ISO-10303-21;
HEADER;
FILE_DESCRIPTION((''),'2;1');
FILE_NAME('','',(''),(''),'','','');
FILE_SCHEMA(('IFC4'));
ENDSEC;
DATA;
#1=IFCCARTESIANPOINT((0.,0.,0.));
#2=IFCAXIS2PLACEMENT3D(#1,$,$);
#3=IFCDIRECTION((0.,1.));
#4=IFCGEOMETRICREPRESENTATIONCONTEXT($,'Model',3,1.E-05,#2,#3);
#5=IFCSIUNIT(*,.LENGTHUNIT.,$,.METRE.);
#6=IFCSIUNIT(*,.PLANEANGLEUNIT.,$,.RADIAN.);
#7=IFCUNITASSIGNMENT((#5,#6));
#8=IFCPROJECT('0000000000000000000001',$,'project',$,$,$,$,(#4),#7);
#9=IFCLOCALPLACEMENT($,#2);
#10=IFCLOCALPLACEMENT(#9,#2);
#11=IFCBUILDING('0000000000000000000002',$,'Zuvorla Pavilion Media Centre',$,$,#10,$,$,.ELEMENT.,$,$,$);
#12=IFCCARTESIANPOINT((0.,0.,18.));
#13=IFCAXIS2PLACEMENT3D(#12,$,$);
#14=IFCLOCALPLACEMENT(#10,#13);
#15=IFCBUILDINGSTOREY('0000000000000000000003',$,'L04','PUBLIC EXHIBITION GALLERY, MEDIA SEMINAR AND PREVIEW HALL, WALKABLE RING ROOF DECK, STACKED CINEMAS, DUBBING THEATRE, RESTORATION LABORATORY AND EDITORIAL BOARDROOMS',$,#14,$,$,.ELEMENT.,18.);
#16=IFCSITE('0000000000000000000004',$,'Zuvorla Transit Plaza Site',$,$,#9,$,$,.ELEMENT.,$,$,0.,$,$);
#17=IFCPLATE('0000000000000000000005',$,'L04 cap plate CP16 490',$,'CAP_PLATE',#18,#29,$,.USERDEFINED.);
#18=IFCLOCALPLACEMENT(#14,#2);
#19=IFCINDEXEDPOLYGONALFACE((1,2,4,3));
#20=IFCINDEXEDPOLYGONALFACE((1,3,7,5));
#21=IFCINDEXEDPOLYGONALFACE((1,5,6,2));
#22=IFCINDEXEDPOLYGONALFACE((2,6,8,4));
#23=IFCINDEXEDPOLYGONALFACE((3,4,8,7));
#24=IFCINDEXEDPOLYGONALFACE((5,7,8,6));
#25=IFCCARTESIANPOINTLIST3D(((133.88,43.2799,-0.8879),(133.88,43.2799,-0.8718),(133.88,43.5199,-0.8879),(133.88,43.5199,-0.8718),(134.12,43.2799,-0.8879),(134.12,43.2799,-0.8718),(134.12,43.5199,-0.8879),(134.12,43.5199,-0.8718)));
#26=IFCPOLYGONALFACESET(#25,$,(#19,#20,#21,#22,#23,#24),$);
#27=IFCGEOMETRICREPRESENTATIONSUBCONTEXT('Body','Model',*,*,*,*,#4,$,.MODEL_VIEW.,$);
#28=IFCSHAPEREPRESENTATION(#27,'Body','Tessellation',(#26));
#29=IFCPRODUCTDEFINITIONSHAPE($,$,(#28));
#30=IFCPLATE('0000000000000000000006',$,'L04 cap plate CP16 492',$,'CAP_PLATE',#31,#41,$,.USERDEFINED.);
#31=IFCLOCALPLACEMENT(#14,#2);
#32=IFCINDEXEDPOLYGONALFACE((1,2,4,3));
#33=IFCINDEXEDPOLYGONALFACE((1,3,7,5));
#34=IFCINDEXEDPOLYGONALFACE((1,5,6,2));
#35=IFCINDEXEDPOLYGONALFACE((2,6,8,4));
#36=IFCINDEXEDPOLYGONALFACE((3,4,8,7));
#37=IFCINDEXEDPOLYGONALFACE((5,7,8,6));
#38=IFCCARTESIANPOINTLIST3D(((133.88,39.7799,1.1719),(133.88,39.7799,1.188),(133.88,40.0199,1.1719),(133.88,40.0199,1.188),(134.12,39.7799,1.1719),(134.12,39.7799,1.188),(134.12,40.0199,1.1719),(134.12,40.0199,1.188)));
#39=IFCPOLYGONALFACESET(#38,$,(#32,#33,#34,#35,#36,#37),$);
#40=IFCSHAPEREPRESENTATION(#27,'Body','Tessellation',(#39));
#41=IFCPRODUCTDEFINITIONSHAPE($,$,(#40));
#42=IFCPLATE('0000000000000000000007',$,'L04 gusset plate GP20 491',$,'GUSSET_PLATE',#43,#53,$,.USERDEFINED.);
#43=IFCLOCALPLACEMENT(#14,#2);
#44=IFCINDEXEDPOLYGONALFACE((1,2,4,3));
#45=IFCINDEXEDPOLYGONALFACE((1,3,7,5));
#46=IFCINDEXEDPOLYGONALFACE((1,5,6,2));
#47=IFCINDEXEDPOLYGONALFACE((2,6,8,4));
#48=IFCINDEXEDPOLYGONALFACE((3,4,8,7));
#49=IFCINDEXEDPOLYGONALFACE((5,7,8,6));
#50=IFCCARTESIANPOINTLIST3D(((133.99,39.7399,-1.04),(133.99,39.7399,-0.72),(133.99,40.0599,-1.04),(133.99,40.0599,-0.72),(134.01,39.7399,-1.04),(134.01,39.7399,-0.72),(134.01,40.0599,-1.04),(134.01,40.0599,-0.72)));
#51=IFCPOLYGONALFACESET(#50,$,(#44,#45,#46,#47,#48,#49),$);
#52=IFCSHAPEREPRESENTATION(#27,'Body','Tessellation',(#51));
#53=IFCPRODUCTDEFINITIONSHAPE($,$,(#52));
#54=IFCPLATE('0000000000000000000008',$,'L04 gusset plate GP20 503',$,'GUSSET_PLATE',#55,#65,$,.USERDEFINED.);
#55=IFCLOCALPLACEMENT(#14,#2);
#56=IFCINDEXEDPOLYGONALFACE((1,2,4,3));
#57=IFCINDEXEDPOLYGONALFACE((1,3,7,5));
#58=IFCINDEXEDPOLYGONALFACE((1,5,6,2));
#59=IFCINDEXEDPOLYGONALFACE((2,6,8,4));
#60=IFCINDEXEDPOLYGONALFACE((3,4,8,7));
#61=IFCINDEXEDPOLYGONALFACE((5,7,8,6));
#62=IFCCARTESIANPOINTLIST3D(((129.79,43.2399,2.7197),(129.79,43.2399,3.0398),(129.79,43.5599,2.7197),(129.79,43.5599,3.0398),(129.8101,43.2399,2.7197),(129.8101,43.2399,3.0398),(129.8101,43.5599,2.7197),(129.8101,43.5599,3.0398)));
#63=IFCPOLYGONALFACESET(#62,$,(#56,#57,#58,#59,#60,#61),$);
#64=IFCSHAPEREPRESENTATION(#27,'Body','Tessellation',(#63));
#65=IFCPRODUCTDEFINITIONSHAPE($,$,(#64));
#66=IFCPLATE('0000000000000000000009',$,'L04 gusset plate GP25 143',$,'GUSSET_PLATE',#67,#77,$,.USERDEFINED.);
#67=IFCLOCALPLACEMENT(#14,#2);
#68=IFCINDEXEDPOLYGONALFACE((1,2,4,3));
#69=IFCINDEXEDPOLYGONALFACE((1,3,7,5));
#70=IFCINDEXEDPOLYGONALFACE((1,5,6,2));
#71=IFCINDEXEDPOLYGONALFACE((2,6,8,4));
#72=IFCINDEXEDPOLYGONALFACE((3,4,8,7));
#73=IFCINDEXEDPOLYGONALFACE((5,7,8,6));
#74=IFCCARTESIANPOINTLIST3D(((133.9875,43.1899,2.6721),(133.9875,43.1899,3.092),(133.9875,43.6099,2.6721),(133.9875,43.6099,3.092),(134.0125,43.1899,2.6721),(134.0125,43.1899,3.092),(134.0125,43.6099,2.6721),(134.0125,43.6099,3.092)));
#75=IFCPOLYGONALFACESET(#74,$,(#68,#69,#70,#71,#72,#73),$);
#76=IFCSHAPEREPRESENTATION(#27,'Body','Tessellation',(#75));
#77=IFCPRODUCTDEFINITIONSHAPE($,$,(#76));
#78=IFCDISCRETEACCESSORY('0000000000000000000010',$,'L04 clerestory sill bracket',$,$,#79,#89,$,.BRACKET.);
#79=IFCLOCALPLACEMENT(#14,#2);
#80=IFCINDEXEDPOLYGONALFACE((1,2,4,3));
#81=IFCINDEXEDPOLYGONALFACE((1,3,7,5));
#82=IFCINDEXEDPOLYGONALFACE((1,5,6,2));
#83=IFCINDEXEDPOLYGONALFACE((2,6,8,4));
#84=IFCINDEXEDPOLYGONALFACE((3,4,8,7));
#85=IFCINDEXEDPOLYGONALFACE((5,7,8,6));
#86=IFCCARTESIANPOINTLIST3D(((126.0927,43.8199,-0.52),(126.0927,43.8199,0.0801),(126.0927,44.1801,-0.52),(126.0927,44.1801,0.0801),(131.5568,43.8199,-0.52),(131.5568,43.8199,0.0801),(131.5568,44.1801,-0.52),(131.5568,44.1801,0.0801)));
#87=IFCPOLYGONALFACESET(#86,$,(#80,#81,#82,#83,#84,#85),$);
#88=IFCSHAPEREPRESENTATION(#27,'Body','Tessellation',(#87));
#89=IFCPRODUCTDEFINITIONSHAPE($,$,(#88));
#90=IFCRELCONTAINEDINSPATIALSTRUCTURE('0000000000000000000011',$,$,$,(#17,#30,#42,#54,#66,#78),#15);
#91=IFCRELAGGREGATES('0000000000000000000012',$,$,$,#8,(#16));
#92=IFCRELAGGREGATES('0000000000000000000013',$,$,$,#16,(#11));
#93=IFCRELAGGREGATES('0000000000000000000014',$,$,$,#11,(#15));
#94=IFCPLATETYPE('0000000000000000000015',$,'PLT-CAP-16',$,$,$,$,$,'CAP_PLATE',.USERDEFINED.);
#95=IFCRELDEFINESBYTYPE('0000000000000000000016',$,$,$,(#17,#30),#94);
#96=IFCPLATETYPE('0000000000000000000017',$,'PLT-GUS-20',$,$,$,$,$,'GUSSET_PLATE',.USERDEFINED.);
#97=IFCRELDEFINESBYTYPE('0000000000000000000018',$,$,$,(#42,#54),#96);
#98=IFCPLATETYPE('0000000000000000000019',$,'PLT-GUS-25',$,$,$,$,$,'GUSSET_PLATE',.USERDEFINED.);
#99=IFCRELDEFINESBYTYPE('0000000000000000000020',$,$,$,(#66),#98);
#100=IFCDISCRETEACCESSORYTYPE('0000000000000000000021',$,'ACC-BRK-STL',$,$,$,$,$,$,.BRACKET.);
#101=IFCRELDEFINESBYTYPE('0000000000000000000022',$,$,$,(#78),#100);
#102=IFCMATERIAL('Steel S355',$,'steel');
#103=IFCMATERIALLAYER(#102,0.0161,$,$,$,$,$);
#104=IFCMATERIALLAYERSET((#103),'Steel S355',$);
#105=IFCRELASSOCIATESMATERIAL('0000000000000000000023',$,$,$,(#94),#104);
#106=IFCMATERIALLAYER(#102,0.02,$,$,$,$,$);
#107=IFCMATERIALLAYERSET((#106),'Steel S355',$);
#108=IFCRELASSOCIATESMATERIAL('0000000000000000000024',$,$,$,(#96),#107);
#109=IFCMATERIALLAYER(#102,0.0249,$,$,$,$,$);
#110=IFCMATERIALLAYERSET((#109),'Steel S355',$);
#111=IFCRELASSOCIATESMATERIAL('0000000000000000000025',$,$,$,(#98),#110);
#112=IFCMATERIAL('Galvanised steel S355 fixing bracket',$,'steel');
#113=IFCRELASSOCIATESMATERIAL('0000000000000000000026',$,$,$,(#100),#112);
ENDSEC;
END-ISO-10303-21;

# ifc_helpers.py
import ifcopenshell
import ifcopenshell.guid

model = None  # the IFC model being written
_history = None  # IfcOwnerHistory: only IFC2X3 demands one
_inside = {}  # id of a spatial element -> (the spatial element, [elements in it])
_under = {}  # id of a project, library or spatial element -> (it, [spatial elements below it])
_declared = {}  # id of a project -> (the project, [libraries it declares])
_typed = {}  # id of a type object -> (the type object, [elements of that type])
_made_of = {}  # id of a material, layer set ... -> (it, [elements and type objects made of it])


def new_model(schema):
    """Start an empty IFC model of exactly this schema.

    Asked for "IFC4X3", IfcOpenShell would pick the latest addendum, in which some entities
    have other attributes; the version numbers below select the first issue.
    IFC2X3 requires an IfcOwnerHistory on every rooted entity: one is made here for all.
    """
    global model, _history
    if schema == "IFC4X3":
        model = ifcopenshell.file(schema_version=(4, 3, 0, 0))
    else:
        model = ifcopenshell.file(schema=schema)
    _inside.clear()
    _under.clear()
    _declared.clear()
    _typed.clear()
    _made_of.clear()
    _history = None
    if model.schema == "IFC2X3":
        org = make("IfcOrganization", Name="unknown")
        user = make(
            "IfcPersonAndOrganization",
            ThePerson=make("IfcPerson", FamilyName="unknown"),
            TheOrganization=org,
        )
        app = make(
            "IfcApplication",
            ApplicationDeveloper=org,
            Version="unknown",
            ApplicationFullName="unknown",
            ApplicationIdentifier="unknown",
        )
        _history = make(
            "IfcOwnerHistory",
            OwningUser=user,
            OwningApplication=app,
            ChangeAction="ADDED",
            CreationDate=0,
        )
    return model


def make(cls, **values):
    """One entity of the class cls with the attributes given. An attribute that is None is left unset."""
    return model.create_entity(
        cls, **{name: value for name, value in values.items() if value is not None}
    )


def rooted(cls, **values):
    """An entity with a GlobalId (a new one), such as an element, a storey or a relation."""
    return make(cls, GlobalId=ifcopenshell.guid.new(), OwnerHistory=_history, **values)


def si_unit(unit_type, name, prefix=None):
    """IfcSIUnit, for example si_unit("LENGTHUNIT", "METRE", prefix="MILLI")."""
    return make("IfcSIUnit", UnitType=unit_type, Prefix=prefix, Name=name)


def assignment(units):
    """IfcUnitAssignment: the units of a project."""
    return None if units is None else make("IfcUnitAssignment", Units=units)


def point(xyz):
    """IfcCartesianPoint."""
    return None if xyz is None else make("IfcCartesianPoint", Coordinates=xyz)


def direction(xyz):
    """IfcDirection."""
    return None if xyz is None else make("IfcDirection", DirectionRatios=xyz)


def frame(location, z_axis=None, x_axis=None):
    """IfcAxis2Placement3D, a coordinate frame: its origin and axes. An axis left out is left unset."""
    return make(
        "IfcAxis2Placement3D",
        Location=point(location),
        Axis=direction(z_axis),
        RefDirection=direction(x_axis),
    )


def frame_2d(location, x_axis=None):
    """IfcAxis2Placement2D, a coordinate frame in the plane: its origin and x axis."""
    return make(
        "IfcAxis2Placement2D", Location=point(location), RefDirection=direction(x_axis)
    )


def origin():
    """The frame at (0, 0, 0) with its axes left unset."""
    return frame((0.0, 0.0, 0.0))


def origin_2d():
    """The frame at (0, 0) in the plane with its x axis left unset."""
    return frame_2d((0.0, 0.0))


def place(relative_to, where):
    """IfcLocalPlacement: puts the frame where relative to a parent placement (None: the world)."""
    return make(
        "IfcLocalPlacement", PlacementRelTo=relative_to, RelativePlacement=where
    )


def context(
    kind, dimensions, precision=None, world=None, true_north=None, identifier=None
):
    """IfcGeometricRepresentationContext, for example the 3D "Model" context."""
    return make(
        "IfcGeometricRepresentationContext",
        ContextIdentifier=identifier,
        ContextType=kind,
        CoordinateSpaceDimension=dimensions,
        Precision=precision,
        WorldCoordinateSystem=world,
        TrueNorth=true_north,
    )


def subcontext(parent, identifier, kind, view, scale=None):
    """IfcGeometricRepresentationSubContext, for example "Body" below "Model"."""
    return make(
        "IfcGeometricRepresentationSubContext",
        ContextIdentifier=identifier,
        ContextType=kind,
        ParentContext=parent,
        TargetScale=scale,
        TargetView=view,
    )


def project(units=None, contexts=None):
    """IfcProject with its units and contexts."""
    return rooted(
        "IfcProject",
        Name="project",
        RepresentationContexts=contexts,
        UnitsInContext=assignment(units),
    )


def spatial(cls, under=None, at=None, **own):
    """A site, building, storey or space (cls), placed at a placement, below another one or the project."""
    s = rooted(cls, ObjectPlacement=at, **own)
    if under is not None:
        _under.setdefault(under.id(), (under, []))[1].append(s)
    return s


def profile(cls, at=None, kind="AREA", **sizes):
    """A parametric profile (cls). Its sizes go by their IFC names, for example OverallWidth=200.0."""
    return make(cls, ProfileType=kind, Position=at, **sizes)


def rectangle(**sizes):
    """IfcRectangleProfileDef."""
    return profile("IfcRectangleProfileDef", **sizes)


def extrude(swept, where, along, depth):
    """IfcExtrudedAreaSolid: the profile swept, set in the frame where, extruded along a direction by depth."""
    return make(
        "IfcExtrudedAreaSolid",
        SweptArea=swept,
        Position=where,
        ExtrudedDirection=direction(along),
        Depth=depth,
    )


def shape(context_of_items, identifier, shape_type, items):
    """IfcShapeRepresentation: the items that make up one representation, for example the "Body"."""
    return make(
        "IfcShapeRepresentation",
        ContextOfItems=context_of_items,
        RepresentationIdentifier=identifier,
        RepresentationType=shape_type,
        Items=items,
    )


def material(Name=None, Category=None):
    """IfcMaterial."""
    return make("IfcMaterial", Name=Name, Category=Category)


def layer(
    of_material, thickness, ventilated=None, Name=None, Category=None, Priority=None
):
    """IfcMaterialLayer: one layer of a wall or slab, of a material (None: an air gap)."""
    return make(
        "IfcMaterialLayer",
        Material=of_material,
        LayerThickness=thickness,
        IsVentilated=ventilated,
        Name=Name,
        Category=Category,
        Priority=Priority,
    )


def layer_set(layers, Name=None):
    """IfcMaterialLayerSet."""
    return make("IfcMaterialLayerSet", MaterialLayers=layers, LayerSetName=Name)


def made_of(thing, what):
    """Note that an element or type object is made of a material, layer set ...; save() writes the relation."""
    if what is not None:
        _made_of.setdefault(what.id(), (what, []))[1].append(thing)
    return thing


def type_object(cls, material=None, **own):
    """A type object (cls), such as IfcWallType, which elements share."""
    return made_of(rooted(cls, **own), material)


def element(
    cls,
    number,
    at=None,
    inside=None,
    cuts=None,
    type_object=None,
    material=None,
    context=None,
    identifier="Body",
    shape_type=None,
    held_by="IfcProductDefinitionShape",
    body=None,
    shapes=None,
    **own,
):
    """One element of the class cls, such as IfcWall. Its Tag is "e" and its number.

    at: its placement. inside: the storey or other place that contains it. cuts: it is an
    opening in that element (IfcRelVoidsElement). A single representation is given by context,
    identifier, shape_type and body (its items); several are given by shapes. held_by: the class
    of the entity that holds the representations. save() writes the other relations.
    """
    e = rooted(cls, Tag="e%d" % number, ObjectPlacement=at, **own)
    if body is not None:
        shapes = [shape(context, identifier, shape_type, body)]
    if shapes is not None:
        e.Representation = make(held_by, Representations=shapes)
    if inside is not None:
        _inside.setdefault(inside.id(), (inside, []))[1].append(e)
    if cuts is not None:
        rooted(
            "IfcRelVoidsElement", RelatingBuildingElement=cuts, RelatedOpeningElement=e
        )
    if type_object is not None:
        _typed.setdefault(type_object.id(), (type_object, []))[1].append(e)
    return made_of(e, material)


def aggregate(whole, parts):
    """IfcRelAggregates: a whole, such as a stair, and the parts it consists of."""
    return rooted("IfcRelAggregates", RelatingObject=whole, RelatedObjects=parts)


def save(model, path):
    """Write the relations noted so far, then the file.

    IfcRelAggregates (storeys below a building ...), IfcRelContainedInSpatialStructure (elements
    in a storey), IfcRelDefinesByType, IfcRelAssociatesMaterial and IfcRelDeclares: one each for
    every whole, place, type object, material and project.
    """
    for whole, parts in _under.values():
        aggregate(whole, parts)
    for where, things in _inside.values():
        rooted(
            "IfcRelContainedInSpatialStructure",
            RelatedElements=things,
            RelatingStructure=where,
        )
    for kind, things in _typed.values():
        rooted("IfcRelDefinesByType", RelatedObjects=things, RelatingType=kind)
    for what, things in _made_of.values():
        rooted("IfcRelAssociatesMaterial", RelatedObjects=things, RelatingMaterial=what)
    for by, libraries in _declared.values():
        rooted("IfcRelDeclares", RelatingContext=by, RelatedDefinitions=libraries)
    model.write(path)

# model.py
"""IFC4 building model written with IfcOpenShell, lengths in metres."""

from ifc_helpers import new_model, si_unit, direction, frame, origin, origin_2d, place, context, subcontext, project, spatial, rectangle, extrude, material, layer, layer_set, type_object, element, save


model = new_model("IFC4")

# Units and contexts
model_context = context("Model", 3, precision=1e-05, world=origin(), true_north=direction((0.0, 1.0)))
body_context = subcontext(model_context, "Body", "Model", "MODEL_VIEW")
ifc_project = project(units=[si_unit("LENGTHUNIT", "METRE"), si_unit("PLANEANGLEUNIT", "RADIAN")], contexts=[model_context])

# Site, building, storey
site_placement = place(None, origin())
site = spatial("IfcSite", under=ifc_project, at=site_placement, Name="Zuvorla Transit Plaza Site", CompositionType="ELEMENT", RefElevation=0.0)
building_placement = place(site_placement, origin())
building = spatial("IfcBuilding", under=site, at=building_placement, Name="Zuvorla Pavilion Media Centre", CompositionType="ELEMENT")
storey_placement = place(building_placement, frame((0.0, 0.0, 18.0)))
storey = spatial("IfcBuildingStorey", under=building, at=storey_placement, Name="L04", Description="PUBLIC EXHIBITION GALLERY, MEDIA SEMINAR AND PREVIEW HALL, WALKABLE RING ROOF DECK, STACKED CINEMAS, DUBBING THEATRE, RESTORATION LABORATORY AND EDITORIAL BOARDROOMS", CompositionType="ELEMENT", Elevation=18.0)

# Shared definitions
ifc_material_1 = material(Name="Steel S355", Category="steel")

# Plates
ifc_layer_1 = layer(ifc_material_1, 0.0161)
ifc_layer_set_1 = layer_set([ifc_layer_1], Name="Steel S355")
plate_type_1 = type_object("IfcPlateType", Name="PLT-CAP-16", ElementType="CAP_PLATE", PredefinedType="USERDEFINED", material=ifc_layer_set_1)
for number, where, z_axis, x_axis, name in (
    (1, (134.0, 43.3999, -0.8879), (0.0, 0.0, 1.0), (1.0, 0.0, 0.0), "L04 cap plate CP16 490"),
    (2, (134.0, 39.8999, 1.1719), (0.0, 0.0, 1.0), (1.0, 0.0, 0.0), "L04 cap plate CP16 492"),
):
    element("IfcPlate", number, at=place(storey_placement, frame(where, z_axis=z_axis, x_axis=x_axis)), inside=storey, type_object=plate_type_1, Name=name, ObjectType="CAP_PLATE", PredefinedType="USERDEFINED", context=body_context, shape_type="SweptSolid", body=[
        extrude(rectangle(XDim=0.24, YDim=0.24, at=origin_2d()), origin(), (0.0, 0.0, 1.0), 0.0161),
    ])
ifc_layer_2 = layer(ifc_material_1, 0.02)
ifc_layer_set_2 = layer_set([ifc_layer_2], Name="Steel S355")
plate_type_2 = type_object("IfcPlateType", Name="PLT-GUS-20", ElementType="GUSSET_PLATE", PredefinedType="USERDEFINED", material=ifc_layer_set_2)
for number, where, z_axis, x_axis, name in (
    (3, (134.0, 39.8999, -1.04), (0.0, 0.0, 1.0), (1.0, 0.0, 0.0), "L04 gusset plate GP20 491"),
    (4, (129.8, 43.3999, 2.7197), (0.0, 0.0, 1.0), (1.0, 0.0, 0.0), "L04 gusset plate GP20 503"),
):
    element("IfcPlate", number, at=place(storey_placement, frame(where, z_axis=z_axis, x_axis=x_axis)), inside=storey, type_object=plate_type_2, Name=name, ObjectType="GUSSET_PLATE", PredefinedType="USERDEFINED", context=body_context, shape_type="SweptSolid", body=[
        extrude(rectangle(XDim=0.02, YDim=0.3201, at=origin_2d()), origin(), (0.0, 0.0, 1.0), 0.3201),
    ])
ifc_layer_3 = layer(ifc_material_1, 0.0249)
ifc_layer_set_3 = layer_set([ifc_layer_3], Name="Steel S355")
plate_type_3 = type_object("IfcPlateType", Name="PLT-GUS-25", ElementType="GUSSET_PLATE", PredefinedType="USERDEFINED", material=ifc_layer_set_3)
plate_1_placement = place(storey_placement, frame((134.0, 43.3999, 2.6721), z_axis=(0.0, 0.0, 1.0), x_axis=(1.0, 0.0, 0.0)))
element("IfcPlate", 5, at=plate_1_placement, inside=storey, type_object=plate_type_3, Name="L04 gusset plate GP25 143", ObjectType="GUSSET_PLATE", PredefinedType="USERDEFINED", context=body_context, shape_type="SweptSolid", body=[
    extrude(rectangle(XDim=0.0249, YDim=0.4199, at=origin_2d()), origin(), (0.0, 0.0, 1.0), 0.4199),
])

# Discrete accessory
ifc_material_2 = material(Name="Galvanised steel S355 fixing bracket", Category="steel")
discrete_accessory_type = type_object("IfcDiscreteAccessoryType", Name="ACC-BRK-STL", PredefinedType="BRACKET", material=ifc_material_2)
discrete_accessory_placement = place(storey_placement, frame((128.8247, 44.0, -0.52), z_axis=(0.0, 0.0, 1.0), x_axis=(1.0, 0.0, 0.0)))
element("IfcDiscreteAccessory", 6, at=discrete_accessory_placement, inside=storey, type_object=discrete_accessory_type, Name="L04 clerestory sill bracket", PredefinedType="BRACKET", context=body_context, shape_type="SweptSolid", body=[
    extrude(rectangle(XDim=5.4641, YDim=0.3601, at=origin_2d()), origin(), (0.0, 0.0, 1.0), 0.6001),
])

save(model, "model.ifc")
